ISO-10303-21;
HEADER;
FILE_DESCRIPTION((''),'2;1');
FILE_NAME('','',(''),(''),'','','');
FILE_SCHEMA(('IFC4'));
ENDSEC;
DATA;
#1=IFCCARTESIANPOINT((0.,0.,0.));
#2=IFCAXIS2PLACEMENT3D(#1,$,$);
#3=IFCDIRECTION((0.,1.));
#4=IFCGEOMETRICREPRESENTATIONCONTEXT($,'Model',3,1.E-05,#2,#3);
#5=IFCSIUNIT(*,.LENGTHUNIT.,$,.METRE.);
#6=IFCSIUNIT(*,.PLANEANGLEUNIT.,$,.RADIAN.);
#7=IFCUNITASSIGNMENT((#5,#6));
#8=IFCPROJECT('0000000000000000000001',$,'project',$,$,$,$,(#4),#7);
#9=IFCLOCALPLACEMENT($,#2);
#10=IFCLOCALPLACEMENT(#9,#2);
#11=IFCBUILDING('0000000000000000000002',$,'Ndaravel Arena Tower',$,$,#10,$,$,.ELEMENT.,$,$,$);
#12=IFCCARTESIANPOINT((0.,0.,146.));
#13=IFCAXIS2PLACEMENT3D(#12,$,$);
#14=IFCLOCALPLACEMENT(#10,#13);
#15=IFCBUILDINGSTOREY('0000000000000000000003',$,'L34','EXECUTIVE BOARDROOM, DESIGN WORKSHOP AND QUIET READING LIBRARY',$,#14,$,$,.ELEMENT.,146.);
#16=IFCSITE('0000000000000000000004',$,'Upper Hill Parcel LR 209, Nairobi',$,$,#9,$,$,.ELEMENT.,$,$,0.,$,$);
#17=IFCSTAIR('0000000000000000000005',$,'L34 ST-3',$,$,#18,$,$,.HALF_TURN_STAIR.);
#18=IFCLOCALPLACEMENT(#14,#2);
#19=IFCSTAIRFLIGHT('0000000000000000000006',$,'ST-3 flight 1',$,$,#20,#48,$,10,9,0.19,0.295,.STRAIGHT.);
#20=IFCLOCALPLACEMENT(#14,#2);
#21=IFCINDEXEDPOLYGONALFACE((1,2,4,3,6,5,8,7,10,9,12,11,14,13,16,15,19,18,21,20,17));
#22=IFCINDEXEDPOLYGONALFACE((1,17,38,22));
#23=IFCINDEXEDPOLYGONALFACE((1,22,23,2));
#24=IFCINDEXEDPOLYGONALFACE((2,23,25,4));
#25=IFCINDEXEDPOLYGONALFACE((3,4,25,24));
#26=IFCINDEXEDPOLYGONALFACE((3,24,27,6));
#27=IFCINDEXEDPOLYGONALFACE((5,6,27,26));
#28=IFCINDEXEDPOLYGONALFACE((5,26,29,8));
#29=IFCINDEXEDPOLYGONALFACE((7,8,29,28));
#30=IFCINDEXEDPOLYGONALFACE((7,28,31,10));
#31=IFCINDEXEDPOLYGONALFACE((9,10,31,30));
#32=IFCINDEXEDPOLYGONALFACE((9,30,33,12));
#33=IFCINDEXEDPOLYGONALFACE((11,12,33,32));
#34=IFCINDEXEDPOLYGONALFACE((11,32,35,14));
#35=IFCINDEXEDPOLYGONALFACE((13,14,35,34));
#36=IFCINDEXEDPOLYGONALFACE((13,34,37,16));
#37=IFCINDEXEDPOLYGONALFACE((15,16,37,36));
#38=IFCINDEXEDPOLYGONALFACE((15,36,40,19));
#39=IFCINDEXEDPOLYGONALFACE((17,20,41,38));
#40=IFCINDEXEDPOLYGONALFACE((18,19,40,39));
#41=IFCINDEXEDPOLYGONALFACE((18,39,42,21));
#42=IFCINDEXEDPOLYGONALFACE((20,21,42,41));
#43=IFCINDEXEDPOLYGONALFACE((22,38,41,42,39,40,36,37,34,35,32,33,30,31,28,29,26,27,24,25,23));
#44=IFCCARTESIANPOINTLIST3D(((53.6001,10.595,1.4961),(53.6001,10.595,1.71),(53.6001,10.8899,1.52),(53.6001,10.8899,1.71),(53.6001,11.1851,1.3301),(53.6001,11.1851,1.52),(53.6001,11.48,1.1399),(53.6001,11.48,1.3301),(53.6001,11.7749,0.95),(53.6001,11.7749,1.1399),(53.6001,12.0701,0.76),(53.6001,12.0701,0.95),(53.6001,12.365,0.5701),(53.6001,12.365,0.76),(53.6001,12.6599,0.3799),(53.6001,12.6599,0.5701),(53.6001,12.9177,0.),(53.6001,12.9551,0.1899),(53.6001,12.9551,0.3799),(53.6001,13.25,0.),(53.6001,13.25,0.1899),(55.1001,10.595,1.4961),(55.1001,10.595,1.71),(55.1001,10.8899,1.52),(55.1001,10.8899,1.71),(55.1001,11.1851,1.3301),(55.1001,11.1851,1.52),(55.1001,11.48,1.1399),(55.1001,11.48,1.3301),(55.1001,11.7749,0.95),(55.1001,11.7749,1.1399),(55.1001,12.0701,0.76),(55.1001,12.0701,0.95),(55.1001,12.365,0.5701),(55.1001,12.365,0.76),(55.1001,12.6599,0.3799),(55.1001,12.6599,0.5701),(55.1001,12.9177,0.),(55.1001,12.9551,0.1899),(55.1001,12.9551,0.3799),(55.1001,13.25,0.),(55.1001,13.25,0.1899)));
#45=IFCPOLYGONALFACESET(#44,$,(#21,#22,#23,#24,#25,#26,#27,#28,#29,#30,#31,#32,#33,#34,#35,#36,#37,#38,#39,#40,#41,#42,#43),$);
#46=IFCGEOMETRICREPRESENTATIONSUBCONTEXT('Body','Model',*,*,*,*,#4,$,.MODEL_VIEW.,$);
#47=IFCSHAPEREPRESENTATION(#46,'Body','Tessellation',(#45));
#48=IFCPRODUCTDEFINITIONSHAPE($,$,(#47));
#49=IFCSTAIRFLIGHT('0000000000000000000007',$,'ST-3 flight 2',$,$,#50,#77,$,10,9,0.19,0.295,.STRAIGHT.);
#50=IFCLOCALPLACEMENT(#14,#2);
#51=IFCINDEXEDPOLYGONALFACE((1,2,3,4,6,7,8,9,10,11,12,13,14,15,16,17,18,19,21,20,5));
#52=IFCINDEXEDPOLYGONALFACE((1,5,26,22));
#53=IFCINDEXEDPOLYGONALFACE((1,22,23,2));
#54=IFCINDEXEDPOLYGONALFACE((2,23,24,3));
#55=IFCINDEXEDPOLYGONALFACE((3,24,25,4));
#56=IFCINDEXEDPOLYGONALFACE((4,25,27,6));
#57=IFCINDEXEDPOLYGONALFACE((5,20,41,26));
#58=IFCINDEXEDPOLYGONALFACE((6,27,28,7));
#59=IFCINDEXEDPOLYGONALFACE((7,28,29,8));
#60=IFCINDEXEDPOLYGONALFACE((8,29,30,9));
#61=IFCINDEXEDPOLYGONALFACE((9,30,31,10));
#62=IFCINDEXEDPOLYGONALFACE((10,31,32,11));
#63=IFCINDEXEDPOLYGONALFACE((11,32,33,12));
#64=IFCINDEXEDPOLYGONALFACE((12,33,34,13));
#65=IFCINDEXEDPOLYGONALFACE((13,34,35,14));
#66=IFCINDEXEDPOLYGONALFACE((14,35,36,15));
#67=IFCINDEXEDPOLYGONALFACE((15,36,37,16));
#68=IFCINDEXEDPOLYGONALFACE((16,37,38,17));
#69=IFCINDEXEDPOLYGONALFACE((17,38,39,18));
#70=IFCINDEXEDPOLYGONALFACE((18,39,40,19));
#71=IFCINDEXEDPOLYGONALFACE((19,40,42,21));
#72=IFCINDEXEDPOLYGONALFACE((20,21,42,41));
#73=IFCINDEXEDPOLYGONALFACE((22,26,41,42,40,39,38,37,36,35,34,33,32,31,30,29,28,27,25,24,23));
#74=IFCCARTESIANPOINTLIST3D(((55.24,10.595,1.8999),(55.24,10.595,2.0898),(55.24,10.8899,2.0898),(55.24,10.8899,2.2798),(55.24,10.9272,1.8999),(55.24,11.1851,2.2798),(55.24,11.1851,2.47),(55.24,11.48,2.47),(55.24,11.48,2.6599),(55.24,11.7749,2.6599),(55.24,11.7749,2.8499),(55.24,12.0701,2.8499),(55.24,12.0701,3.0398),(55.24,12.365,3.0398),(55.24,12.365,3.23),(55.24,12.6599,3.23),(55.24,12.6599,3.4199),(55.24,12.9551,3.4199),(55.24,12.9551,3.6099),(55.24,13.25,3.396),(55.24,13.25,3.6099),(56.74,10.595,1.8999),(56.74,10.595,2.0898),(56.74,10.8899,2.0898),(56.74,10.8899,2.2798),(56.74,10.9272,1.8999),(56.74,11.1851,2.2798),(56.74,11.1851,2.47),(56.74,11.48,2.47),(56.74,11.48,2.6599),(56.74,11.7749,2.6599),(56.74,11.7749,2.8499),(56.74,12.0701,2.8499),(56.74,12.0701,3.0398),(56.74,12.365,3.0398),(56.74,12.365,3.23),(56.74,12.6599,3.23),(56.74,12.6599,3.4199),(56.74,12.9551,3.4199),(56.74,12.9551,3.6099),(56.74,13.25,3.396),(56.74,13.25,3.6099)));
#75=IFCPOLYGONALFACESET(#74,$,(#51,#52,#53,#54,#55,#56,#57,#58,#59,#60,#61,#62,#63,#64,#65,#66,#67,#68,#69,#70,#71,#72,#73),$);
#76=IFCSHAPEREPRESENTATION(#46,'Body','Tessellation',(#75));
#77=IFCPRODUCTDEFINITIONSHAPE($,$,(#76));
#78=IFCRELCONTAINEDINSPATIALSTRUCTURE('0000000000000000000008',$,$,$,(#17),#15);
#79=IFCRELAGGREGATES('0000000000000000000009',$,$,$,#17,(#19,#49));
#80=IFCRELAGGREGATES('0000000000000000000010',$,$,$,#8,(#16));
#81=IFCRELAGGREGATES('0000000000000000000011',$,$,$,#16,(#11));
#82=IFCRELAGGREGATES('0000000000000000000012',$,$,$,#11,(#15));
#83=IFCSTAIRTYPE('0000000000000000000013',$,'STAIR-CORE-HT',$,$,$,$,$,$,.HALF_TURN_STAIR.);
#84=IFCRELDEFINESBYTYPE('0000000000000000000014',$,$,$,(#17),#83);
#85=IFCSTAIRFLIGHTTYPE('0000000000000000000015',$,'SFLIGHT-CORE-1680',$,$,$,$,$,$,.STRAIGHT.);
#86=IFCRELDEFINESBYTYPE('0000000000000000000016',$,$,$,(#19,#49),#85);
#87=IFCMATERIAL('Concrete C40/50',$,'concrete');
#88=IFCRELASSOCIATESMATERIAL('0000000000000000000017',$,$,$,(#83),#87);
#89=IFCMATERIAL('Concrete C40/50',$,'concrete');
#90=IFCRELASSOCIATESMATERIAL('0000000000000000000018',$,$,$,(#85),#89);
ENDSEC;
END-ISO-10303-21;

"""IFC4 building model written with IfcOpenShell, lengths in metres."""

from ifc_helpers import new_model, si_unit, direction, frame, origin, place, context, subcontext, project, spatial, polyline, outline, extrude, material, type_object, element, aggregate, save


model = new_model("IFC4")

# Units and contexts
model_context = context("Model", 3, precision=1e-05, world=origin(), true_north=direction((0.0, 1.0)))
body_context = subcontext(model_context, "Body", "Model", "MODEL_VIEW")
ifc_project = project(units=[si_unit("LENGTHUNIT", "METRE"), si_unit("PLANEANGLEUNIT", "RADIAN")], contexts=[model_context])

# Site, building, storey
site_placement = place(None, origin())
site = spatial("IfcSite", under=ifc_project, at=site_placement, Name="Upper Hill Parcel LR 209, Nairobi", CompositionType="ELEMENT", RefElevation=0.0)
building_placement = place(site_placement, origin())
building = spatial("IfcBuilding", under=site, at=building_placement, Name="Ndaravel Arena Tower", CompositionType="ELEMENT")
storey_placement = place(building_placement, frame((0.0, 0.0, 146.0)))
storey = spatial("IfcBuildingStorey", under=building, at=storey_placement, Name="L34", Description="EXECUTIVE BOARDROOM, DESIGN WORKSHOP AND QUIET READING LIBRARY", CompositionType="ELEMENT", Elevation=146.0)

# Stair, stair flights
ifc_material_1 = material(Name="Concrete C40/50", Category="concrete")
stair_type = type_object("IfcStairType", Name="STAIR-CORE-HT", PredefinedType="HALF_TURN_STAIR", material=ifc_material_1)
stair_placement = place(storey_placement, origin())
stair = element("IfcStair", 1, at=stair_placement, inside=storey, type_object=stair_type, Name="L34 ST-3", PredefinedType="HALF_TURN_STAIR")
ifc_material_2 = material(Name="Concrete C40/50", Category="concrete")
stair_flight_type = type_object("IfcStairFlightType", Name="SFLIGHT-CORE-1680", PredefinedType="STRAIGHT", material=ifc_material_2)
stair_flight_1_placement = place(storey_placement, frame((54.3501, 13.25, 0.0), z_axis=(0.0, 0.0, 1.0), x_axis=(0.0, -1.0, 0.0)))
stair_flight_1 = element("IfcStairFlight", 2, at=stair_flight_1_placement, type_object=stair_flight_type, Name="ST-3 flight 1", NumberOfRisers=10, NumberOfTreads=9, PredefinedType="STRAIGHT", RiserHeight=0.19, TreadLength=0.295, context=body_context, shape_type="SweptSolid", body=[
    extrude(outline(polyline([(0.0, 0.0), (0.0, 0.1899), (0.2949, 0.1899), (0.2949, 0.3799), (0.5901, 0.3799), (0.5901, 0.5701), (0.885, 0.5701), (0.885, 0.76), (1.1799, 0.76), (1.1799, 0.95), (1.4751, 0.95), (1.4751, 1.1399), (1.77, 1.1399), (1.77, 1.3301), (2.0649, 1.3301), (2.0649, 1.52), (2.3601, 1.52), (2.3601, 1.71), (2.655, 1.71), (2.655, 1.8999), (2.655, 1.4961), (0.3323, 0.0), (0.0, 0.0)])), frame((0.0, 0.75, 0.0), z_axis=(0.0, -1.0, 0.0), x_axis=(1.0, 0.0, 0.0)), (0.0, 0.0, 1.0), 1.5),
])
stair_flight_2_placement = place(storey_placement, frame((55.99, 10.595, 1.8999), z_axis=(0.0, 0.0, 1.0), x_axis=(0.0, 1.0, 0.0)))
stair_flight_2 = element("IfcStairFlight", 3, at=stair_flight_2_placement, type_object=stair_flight_type, Name="ST-3 flight 2", NumberOfRisers=10, NumberOfTreads=9, PredefinedType="STRAIGHT", RiserHeight=0.19, TreadLength=0.295, context=body_context, shape_type="SweptSolid", body=[
    extrude(outline(polyline([(0.0, 0.0), (0.0, 0.1899), (0.2949, 0.1899), (0.2949, 0.3799), (0.5901, 0.3799), (0.5901, 0.5701), (0.885, 0.5701), (0.885, 0.76), (1.1799, 0.76), (1.1799, 0.95), (1.4751, 0.95), (1.4751, 1.1399), (1.77, 1.1399), (1.77, 1.3301), (2.0649, 1.3301), (2.0649, 1.52), (2.3601, 1.52), (2.3601, 1.71), (2.655, 1.71), (2.655, 1.8999), (2.655, 1.4961), (0.3323, 0.0), (0.0, 0.0)])), frame((0.0, 0.75, 0.0), z_axis=(0.0, -1.0, 0.0), x_axis=(1.0, 0.0, 0.0)), (0.0, 0.0, 1.0), 1.5),
])
aggregate(stair, [stair_flight_1, stair_flight_2])

save(model, "model.ifc")
